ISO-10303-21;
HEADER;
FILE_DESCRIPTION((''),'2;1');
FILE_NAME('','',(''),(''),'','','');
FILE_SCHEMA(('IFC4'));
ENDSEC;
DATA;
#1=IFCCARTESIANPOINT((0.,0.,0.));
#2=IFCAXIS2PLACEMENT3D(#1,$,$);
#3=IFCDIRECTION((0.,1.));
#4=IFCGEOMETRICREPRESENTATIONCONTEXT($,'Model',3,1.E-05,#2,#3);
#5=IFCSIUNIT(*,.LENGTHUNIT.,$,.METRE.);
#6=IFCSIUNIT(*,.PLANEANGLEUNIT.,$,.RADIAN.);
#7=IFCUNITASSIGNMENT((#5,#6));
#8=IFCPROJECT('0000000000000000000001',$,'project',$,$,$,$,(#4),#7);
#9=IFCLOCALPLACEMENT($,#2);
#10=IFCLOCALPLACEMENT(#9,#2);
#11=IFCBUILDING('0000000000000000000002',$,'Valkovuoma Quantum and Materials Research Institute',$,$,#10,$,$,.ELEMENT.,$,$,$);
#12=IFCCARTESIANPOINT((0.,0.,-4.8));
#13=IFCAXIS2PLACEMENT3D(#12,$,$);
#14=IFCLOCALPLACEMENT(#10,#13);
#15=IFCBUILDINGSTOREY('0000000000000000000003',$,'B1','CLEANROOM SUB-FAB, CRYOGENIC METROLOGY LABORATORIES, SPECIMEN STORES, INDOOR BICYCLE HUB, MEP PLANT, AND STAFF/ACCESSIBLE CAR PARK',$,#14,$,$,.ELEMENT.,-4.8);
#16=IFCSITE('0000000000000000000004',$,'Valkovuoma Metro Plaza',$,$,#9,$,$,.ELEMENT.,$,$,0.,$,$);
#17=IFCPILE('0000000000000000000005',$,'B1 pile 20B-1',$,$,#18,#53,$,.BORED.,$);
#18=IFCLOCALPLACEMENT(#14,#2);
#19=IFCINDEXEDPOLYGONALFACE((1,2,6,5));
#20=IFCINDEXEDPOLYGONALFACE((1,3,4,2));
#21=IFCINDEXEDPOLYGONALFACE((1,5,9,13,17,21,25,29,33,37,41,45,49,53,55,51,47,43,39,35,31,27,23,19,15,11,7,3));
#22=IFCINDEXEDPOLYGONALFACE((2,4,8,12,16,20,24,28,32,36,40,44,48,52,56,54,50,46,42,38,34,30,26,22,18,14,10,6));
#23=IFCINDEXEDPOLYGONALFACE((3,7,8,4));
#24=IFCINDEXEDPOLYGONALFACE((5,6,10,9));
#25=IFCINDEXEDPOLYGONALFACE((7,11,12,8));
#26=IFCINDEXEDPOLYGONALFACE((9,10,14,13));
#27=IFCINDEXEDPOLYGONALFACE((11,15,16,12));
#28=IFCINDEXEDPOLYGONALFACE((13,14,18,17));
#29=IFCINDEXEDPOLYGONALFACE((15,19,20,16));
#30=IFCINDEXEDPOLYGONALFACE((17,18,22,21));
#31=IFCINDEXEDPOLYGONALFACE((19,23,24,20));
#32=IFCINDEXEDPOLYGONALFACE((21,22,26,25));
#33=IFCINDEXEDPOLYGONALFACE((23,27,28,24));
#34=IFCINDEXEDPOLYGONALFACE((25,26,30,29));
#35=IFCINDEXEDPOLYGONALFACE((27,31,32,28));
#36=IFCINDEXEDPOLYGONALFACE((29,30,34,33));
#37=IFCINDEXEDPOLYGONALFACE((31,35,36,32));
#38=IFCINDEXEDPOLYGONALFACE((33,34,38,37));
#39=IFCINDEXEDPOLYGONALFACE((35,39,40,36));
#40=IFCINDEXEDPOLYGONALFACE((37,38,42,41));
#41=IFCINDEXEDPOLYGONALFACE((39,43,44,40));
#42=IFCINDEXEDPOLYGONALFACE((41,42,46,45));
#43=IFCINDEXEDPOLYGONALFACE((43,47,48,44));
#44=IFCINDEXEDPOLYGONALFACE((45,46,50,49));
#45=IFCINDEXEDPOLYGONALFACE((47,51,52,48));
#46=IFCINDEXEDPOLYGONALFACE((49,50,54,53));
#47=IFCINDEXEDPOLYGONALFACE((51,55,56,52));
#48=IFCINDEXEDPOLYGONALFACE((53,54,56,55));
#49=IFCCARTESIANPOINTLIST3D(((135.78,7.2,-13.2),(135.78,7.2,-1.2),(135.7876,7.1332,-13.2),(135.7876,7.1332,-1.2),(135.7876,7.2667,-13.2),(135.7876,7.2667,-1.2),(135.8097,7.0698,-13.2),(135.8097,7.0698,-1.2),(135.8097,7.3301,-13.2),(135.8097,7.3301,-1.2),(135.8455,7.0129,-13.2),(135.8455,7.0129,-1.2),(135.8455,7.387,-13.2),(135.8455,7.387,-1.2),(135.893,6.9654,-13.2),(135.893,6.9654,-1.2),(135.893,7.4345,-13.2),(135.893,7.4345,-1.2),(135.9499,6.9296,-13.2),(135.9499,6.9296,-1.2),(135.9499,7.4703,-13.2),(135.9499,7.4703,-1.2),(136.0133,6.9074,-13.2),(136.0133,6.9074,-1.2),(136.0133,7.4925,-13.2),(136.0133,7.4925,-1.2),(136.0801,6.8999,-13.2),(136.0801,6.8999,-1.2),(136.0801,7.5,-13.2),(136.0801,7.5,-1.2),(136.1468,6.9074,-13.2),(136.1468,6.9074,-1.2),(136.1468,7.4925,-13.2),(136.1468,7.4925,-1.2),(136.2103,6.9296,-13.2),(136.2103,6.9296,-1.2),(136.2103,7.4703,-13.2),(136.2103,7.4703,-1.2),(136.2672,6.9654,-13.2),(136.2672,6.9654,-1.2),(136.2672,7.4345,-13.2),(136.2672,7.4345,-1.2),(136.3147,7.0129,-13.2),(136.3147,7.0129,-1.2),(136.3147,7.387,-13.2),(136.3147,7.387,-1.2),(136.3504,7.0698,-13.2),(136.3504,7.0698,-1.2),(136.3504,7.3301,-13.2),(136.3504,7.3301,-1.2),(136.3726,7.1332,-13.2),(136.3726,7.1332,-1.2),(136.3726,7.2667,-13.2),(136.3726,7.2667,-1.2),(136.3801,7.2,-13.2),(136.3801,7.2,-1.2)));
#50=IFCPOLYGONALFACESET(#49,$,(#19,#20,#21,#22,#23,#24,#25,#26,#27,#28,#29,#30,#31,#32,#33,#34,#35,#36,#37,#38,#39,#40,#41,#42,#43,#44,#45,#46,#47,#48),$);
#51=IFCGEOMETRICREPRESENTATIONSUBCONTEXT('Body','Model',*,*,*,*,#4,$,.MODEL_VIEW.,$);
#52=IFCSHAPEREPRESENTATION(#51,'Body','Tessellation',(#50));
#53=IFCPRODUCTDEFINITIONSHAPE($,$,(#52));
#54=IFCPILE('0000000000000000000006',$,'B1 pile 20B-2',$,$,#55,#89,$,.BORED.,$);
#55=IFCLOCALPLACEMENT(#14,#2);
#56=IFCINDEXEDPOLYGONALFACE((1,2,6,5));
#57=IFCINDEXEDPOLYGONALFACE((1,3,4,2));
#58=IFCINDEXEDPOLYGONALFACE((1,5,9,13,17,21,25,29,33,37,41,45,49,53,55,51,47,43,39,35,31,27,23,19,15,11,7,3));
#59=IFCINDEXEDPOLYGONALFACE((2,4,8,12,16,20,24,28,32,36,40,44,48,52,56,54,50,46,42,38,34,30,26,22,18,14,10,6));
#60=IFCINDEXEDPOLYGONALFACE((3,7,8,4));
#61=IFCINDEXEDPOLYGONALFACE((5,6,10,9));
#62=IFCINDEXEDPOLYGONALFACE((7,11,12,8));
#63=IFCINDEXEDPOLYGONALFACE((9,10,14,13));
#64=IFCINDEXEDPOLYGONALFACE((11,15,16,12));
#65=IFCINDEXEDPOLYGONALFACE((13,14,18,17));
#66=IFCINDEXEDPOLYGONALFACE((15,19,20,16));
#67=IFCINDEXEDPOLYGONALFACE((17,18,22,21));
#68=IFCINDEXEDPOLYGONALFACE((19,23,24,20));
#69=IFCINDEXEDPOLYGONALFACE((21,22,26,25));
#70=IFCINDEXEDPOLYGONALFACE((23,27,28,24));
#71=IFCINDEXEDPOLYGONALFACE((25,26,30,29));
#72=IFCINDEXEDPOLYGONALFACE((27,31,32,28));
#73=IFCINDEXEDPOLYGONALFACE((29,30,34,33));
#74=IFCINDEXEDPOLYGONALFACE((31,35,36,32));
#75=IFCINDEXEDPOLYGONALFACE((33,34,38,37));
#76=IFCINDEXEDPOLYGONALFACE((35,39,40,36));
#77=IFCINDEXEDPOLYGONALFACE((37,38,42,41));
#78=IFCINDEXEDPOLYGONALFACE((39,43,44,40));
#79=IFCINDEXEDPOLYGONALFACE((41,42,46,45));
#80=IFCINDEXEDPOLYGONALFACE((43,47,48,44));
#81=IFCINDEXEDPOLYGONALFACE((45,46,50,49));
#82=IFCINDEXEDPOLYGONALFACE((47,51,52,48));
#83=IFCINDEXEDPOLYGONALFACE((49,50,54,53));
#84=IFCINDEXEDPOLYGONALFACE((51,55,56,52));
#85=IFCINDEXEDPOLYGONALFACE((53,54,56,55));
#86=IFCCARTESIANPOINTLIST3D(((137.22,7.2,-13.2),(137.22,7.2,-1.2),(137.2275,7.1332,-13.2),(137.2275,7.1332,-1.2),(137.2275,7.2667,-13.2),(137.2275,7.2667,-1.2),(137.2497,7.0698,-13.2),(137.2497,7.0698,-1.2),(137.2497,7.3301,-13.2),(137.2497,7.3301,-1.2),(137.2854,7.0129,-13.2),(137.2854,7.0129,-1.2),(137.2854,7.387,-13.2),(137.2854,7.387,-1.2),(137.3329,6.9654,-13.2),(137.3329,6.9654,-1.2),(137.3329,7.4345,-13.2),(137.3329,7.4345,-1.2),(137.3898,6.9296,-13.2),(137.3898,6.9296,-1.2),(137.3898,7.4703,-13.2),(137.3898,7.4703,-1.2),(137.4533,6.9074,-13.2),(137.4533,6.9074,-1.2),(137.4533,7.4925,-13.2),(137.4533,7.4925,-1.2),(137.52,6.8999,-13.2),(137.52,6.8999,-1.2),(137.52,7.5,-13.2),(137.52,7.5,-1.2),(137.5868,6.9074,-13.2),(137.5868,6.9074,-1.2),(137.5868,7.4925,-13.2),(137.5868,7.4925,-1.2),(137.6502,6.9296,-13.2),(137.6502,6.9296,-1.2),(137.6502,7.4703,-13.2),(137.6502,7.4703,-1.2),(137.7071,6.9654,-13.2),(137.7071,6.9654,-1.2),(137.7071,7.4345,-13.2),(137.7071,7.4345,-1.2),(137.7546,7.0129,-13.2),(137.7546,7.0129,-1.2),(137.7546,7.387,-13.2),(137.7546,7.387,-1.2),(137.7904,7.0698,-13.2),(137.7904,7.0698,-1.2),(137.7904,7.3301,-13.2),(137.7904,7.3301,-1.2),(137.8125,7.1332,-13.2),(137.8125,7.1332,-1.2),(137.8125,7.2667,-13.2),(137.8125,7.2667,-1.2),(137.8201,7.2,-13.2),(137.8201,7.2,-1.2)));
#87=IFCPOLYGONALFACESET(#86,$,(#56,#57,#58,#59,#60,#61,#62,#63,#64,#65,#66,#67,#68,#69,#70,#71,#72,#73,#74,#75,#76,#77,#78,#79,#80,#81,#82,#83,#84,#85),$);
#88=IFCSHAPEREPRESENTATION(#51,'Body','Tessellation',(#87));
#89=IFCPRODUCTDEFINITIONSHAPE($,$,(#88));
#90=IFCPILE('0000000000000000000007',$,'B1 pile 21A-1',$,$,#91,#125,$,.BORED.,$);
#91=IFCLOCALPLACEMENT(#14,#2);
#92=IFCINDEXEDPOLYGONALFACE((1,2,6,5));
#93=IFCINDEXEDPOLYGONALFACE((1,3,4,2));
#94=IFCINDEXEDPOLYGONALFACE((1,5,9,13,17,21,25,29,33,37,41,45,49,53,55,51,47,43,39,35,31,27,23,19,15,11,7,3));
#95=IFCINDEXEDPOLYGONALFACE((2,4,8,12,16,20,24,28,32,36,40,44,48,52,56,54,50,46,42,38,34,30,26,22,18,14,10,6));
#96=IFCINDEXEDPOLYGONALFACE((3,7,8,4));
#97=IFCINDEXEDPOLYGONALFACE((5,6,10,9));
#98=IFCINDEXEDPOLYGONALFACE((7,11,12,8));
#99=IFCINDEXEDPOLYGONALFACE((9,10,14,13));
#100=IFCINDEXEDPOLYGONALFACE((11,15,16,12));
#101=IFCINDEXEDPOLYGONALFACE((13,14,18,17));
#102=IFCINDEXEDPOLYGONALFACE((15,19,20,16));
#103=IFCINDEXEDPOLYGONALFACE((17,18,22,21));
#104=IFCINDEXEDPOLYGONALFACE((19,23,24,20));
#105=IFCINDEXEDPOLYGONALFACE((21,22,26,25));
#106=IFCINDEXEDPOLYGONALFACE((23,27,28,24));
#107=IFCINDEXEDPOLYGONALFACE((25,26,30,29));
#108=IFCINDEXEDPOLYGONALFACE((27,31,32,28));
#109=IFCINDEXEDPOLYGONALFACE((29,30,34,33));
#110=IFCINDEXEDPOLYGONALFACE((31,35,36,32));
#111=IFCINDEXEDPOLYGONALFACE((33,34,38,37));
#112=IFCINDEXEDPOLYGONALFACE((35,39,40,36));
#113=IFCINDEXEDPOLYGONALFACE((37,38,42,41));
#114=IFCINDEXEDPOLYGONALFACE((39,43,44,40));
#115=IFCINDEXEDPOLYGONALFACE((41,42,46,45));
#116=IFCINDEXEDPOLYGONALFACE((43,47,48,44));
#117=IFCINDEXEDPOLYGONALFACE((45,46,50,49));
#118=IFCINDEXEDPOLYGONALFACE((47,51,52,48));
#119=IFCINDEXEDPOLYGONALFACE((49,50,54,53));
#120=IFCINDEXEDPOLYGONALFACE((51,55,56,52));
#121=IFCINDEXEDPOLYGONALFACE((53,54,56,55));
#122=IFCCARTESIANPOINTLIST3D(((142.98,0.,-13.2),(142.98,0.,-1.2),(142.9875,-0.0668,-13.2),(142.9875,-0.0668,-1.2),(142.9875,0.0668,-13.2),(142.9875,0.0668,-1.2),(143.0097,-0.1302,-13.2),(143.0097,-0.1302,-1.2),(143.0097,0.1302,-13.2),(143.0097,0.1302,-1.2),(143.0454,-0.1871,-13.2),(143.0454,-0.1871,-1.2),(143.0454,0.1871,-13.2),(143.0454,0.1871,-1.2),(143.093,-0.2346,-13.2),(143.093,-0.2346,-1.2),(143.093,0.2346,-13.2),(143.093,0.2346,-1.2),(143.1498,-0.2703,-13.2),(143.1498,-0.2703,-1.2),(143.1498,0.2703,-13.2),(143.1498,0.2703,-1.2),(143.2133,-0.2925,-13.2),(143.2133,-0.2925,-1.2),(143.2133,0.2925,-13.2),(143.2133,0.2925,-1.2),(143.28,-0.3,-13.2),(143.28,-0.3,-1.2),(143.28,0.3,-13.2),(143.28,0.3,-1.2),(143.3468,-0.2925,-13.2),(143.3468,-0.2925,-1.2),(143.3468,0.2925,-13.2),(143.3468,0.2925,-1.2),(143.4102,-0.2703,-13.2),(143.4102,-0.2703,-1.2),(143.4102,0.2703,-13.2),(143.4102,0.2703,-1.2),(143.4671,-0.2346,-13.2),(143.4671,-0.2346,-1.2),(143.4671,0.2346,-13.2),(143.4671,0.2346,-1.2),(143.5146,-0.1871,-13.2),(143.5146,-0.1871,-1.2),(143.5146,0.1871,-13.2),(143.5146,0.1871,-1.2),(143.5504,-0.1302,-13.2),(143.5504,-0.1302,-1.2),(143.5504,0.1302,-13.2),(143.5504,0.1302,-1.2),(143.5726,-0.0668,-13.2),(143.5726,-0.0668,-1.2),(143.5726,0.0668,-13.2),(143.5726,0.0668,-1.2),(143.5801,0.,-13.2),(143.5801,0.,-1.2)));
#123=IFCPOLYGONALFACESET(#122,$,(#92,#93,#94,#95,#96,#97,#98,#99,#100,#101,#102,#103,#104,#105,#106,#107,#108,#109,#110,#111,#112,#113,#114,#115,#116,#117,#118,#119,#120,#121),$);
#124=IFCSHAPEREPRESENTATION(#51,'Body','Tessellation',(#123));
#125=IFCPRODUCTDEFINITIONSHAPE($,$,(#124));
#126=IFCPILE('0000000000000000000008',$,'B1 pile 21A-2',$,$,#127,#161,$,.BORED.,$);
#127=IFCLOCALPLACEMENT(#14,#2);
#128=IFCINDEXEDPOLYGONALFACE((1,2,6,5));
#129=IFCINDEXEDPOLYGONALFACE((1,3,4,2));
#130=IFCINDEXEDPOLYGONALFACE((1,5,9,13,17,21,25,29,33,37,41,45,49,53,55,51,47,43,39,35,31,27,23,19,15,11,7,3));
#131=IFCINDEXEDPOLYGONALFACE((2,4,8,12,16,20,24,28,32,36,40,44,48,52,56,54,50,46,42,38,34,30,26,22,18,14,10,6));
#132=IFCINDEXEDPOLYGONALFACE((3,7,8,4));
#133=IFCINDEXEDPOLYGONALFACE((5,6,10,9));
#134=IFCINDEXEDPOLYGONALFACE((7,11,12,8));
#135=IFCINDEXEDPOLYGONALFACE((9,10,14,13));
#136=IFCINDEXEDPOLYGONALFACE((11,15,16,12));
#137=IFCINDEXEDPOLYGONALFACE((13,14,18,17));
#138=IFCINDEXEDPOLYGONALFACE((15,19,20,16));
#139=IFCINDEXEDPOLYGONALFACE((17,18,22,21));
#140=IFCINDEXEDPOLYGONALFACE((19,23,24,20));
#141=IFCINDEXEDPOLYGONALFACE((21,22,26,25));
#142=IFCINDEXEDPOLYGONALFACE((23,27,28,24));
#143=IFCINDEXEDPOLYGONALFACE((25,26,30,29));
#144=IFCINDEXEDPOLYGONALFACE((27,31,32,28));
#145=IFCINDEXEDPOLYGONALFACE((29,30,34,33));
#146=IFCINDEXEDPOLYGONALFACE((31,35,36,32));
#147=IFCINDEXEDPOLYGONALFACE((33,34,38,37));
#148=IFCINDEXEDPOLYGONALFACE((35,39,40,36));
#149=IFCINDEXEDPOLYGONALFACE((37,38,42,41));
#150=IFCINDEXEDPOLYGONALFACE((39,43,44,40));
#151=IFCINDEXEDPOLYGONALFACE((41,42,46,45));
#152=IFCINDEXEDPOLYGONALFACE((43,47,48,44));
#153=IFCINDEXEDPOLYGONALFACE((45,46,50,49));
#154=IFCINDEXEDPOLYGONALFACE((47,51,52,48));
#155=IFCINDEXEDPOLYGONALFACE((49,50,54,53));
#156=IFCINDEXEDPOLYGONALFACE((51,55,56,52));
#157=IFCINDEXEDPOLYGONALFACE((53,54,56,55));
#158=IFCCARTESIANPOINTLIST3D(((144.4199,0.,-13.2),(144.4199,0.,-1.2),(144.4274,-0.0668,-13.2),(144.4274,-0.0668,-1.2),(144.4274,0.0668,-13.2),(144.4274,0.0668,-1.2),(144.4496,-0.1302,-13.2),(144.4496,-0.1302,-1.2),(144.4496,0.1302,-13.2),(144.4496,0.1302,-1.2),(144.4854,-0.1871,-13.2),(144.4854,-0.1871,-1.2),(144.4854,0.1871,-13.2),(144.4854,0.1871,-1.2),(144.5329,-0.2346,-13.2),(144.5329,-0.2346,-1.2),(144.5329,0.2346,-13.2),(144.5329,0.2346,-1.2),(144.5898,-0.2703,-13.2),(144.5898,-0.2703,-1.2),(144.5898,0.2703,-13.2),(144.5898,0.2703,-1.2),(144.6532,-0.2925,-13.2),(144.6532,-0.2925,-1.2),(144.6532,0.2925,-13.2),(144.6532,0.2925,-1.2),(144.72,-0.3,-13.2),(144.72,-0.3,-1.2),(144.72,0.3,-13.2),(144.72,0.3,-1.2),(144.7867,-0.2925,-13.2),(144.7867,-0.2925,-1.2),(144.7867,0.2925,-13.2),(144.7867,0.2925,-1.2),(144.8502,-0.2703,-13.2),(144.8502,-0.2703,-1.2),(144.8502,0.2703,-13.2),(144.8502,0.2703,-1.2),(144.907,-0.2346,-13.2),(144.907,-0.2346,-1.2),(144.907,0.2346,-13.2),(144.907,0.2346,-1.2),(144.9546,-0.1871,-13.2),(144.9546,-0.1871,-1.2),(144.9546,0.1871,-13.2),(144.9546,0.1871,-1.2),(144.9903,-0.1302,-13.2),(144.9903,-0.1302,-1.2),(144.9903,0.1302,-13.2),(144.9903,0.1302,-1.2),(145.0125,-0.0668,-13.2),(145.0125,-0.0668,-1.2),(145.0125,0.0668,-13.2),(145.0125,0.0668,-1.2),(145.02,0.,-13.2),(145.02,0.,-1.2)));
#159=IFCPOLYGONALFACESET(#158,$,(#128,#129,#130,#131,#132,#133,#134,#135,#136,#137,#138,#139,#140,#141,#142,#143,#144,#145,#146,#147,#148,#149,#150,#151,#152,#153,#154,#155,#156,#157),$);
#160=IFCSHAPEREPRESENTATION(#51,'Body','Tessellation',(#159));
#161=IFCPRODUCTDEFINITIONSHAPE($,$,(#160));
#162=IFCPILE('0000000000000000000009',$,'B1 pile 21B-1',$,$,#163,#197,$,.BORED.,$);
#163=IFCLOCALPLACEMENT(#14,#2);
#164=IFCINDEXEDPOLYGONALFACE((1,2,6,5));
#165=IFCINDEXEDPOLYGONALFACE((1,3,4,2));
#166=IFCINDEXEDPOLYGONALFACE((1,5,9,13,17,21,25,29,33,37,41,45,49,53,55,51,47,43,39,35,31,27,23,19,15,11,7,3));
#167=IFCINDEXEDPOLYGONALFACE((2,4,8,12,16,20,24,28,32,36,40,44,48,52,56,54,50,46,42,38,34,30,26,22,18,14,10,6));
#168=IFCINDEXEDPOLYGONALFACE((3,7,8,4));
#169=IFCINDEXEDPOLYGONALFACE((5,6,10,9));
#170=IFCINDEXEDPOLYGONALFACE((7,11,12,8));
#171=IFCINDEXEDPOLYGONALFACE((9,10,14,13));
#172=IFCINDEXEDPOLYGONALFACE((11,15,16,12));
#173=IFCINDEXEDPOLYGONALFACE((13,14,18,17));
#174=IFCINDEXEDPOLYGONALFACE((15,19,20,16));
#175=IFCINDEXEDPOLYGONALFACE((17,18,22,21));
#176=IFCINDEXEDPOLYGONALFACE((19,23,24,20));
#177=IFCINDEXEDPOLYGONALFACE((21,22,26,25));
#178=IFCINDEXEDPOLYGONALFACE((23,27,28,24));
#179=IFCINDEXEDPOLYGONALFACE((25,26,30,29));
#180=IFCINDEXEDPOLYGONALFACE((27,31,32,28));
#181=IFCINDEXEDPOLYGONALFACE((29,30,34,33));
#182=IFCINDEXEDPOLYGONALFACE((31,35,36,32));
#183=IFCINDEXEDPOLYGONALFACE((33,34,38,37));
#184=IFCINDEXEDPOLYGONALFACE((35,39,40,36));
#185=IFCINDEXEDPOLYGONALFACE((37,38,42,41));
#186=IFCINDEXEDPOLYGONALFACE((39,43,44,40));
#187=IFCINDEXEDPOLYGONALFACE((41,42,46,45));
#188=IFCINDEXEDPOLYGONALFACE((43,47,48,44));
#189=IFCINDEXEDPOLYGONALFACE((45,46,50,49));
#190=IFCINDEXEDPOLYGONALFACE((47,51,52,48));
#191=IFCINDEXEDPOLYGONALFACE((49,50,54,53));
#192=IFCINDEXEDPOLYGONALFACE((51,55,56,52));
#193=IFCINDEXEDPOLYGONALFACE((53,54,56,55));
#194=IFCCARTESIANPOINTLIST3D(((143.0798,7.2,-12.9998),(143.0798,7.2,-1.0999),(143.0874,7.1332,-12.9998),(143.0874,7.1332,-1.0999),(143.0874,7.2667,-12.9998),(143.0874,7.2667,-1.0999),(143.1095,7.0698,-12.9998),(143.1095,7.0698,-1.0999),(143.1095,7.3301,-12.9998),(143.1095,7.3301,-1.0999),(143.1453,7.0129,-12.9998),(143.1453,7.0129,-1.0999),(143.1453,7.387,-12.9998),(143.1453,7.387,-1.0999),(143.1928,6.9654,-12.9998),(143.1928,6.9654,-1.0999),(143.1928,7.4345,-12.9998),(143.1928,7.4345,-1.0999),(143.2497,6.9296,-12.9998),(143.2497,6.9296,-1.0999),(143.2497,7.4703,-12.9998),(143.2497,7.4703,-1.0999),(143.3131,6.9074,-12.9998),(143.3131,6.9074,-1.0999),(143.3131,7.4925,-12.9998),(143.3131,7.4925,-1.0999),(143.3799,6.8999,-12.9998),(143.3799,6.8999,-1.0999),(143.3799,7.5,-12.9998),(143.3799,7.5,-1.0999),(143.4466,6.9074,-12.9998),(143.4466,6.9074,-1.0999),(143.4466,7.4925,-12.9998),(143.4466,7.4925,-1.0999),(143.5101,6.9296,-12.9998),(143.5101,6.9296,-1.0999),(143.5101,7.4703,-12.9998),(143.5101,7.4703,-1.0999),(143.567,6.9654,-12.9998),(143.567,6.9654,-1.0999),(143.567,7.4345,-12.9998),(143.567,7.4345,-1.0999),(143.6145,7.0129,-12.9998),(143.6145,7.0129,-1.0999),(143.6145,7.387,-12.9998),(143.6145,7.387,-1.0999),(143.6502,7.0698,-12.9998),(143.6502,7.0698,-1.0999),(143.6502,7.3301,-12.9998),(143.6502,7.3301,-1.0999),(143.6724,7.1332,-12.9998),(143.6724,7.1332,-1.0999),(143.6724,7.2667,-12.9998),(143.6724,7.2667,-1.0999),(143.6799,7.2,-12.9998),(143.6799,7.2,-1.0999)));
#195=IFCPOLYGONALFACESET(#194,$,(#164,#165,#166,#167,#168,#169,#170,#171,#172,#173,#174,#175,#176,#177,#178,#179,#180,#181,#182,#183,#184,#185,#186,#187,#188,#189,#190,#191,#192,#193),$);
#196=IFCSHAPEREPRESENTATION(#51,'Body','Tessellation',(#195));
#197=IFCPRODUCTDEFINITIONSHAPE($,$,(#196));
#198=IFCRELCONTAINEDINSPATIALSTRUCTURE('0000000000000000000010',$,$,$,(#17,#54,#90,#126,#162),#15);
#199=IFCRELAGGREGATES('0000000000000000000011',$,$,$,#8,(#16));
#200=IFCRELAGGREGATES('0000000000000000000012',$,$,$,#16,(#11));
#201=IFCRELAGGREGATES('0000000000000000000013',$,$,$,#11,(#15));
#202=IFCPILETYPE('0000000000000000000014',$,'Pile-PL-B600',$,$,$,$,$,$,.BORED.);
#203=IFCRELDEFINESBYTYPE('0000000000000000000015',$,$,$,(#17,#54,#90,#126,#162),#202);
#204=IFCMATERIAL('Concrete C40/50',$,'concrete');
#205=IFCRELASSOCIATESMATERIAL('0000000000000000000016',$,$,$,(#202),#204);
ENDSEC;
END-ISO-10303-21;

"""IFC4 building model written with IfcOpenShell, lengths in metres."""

from ifc_helpers import new_model, si_unit, direction, frame, origin, origin_2d, place, context, subcontext, project, spatial, circle, extrude, material, material_profile, profile_set, type_object, element, save


model = new_model("IFC4")

# Units and contexts
model_context = context("Model", 3, precision=1e-05, world=origin(), true_north=direction((0.0, 1.0)))
body_context = subcontext(model_context, "Body", "Model", "MODEL_VIEW")
ifc_project = project(units=[si_unit("LENGTHUNIT", "METRE"), si_unit("PLANEANGLEUNIT", "RADIAN")], contexts=[model_context])

# Site, building, storey
site_placement = place(None, origin())
site = spatial("IfcSite", under=ifc_project, at=site_placement, Name="Valkovuoma Metro Plaza", CompositionType="ELEMENT", RefElevation=0.0)
building_placement = place(site_placement, origin())
building = spatial("IfcBuilding", under=site, at=building_placement, Name="Valkovuoma Quantum and Materials Research Institute", CompositionType="ELEMENT")
storey_placement = place(building_placement, frame((0.0, 0.0, -4.8)))
storey = spatial("IfcBuildingStorey", under=building, at=storey_placement, Name="B1", Description="CLEANROOM SUB-FAB, CRYOGENIC METROLOGY LABORATORIES, SPECIMEN STORES, INDOOR BICYCLE HUB, MEP PLANT, AND STAFF/ACCESSIBLE CAR PARK", CompositionType="ELEMENT", Elevation=-4.8)

# Piles
ifc_material_1 = material(Name="Concrete C40/50", Category="concrete")
ifc_material_profile_1 = material_profile(ifc_material_1, circle(Radius=0.3, at=origin_2d()), Name="Concrete C40/50")
ifc_profile_set_1 = profile_set([ifc_material_profile_1], Name="Concrete C40/50")
pile_type = type_object("IfcPileType", Name="Pile-PL-B600", PredefinedType="BORED", material=ifc_profile_set_1)
for number, where, z_axis, x_axis, name in (
    (1, (136.0801, 7.2, -1.2), (0.0, 0.0, -1.0), (1.0, 0.0, 0.0), "B1 pile 20B-1"),
    (2, (137.52, 7.2, -1.2), (0.0, 0.0, -1.0), (1.0, 0.0, 0.0), "B1 pile 20B-2"),
    (3, (143.28, 0.0, -1.2), (0.0, 0.0, -1.0), (1.0, 0.0, 0.0), "B1 pile 21A-1"),
    (4, (144.72, 0.0, -1.2), (0.0, 0.0, -1.0), (1.0, 0.0, 0.0), "B1 pile 21A-2"),
):
    element("IfcPile", number, at=place(storey_placement, frame(where, z_axis=z_axis, x_axis=x_axis)), inside=storey, type_object=pile_type, Name=name, PredefinedType="BORED", context=body_context, shape_type="SweptSolid", body=[
        extrude(circle(Radius=0.3, at=origin_2d()), origin(), (0.0, 0.0, 1.0), 12.0),
    ])
for number, where, z_axis, x_axis, name in (
    (5, (143.3799, 7.2, -1.0999), (0.0, 0.0, -1.0), (1.0, 0.0, 0.0), "B1 pile 21B-1"),
):
    element("IfcPile", number, at=place(storey_placement, frame(where, z_axis=z_axis, x_axis=x_axis)), inside=storey, type_object=pile_type, Name=name, PredefinedType="BORED", context=body_context, shape_type="SweptSolid", body=[
        extrude(circle(Radius=0.3, at=origin_2d()), origin(), (0.0, 0.0, 1.0), 11.8999),
    ])

save(model, "model.ifc")
